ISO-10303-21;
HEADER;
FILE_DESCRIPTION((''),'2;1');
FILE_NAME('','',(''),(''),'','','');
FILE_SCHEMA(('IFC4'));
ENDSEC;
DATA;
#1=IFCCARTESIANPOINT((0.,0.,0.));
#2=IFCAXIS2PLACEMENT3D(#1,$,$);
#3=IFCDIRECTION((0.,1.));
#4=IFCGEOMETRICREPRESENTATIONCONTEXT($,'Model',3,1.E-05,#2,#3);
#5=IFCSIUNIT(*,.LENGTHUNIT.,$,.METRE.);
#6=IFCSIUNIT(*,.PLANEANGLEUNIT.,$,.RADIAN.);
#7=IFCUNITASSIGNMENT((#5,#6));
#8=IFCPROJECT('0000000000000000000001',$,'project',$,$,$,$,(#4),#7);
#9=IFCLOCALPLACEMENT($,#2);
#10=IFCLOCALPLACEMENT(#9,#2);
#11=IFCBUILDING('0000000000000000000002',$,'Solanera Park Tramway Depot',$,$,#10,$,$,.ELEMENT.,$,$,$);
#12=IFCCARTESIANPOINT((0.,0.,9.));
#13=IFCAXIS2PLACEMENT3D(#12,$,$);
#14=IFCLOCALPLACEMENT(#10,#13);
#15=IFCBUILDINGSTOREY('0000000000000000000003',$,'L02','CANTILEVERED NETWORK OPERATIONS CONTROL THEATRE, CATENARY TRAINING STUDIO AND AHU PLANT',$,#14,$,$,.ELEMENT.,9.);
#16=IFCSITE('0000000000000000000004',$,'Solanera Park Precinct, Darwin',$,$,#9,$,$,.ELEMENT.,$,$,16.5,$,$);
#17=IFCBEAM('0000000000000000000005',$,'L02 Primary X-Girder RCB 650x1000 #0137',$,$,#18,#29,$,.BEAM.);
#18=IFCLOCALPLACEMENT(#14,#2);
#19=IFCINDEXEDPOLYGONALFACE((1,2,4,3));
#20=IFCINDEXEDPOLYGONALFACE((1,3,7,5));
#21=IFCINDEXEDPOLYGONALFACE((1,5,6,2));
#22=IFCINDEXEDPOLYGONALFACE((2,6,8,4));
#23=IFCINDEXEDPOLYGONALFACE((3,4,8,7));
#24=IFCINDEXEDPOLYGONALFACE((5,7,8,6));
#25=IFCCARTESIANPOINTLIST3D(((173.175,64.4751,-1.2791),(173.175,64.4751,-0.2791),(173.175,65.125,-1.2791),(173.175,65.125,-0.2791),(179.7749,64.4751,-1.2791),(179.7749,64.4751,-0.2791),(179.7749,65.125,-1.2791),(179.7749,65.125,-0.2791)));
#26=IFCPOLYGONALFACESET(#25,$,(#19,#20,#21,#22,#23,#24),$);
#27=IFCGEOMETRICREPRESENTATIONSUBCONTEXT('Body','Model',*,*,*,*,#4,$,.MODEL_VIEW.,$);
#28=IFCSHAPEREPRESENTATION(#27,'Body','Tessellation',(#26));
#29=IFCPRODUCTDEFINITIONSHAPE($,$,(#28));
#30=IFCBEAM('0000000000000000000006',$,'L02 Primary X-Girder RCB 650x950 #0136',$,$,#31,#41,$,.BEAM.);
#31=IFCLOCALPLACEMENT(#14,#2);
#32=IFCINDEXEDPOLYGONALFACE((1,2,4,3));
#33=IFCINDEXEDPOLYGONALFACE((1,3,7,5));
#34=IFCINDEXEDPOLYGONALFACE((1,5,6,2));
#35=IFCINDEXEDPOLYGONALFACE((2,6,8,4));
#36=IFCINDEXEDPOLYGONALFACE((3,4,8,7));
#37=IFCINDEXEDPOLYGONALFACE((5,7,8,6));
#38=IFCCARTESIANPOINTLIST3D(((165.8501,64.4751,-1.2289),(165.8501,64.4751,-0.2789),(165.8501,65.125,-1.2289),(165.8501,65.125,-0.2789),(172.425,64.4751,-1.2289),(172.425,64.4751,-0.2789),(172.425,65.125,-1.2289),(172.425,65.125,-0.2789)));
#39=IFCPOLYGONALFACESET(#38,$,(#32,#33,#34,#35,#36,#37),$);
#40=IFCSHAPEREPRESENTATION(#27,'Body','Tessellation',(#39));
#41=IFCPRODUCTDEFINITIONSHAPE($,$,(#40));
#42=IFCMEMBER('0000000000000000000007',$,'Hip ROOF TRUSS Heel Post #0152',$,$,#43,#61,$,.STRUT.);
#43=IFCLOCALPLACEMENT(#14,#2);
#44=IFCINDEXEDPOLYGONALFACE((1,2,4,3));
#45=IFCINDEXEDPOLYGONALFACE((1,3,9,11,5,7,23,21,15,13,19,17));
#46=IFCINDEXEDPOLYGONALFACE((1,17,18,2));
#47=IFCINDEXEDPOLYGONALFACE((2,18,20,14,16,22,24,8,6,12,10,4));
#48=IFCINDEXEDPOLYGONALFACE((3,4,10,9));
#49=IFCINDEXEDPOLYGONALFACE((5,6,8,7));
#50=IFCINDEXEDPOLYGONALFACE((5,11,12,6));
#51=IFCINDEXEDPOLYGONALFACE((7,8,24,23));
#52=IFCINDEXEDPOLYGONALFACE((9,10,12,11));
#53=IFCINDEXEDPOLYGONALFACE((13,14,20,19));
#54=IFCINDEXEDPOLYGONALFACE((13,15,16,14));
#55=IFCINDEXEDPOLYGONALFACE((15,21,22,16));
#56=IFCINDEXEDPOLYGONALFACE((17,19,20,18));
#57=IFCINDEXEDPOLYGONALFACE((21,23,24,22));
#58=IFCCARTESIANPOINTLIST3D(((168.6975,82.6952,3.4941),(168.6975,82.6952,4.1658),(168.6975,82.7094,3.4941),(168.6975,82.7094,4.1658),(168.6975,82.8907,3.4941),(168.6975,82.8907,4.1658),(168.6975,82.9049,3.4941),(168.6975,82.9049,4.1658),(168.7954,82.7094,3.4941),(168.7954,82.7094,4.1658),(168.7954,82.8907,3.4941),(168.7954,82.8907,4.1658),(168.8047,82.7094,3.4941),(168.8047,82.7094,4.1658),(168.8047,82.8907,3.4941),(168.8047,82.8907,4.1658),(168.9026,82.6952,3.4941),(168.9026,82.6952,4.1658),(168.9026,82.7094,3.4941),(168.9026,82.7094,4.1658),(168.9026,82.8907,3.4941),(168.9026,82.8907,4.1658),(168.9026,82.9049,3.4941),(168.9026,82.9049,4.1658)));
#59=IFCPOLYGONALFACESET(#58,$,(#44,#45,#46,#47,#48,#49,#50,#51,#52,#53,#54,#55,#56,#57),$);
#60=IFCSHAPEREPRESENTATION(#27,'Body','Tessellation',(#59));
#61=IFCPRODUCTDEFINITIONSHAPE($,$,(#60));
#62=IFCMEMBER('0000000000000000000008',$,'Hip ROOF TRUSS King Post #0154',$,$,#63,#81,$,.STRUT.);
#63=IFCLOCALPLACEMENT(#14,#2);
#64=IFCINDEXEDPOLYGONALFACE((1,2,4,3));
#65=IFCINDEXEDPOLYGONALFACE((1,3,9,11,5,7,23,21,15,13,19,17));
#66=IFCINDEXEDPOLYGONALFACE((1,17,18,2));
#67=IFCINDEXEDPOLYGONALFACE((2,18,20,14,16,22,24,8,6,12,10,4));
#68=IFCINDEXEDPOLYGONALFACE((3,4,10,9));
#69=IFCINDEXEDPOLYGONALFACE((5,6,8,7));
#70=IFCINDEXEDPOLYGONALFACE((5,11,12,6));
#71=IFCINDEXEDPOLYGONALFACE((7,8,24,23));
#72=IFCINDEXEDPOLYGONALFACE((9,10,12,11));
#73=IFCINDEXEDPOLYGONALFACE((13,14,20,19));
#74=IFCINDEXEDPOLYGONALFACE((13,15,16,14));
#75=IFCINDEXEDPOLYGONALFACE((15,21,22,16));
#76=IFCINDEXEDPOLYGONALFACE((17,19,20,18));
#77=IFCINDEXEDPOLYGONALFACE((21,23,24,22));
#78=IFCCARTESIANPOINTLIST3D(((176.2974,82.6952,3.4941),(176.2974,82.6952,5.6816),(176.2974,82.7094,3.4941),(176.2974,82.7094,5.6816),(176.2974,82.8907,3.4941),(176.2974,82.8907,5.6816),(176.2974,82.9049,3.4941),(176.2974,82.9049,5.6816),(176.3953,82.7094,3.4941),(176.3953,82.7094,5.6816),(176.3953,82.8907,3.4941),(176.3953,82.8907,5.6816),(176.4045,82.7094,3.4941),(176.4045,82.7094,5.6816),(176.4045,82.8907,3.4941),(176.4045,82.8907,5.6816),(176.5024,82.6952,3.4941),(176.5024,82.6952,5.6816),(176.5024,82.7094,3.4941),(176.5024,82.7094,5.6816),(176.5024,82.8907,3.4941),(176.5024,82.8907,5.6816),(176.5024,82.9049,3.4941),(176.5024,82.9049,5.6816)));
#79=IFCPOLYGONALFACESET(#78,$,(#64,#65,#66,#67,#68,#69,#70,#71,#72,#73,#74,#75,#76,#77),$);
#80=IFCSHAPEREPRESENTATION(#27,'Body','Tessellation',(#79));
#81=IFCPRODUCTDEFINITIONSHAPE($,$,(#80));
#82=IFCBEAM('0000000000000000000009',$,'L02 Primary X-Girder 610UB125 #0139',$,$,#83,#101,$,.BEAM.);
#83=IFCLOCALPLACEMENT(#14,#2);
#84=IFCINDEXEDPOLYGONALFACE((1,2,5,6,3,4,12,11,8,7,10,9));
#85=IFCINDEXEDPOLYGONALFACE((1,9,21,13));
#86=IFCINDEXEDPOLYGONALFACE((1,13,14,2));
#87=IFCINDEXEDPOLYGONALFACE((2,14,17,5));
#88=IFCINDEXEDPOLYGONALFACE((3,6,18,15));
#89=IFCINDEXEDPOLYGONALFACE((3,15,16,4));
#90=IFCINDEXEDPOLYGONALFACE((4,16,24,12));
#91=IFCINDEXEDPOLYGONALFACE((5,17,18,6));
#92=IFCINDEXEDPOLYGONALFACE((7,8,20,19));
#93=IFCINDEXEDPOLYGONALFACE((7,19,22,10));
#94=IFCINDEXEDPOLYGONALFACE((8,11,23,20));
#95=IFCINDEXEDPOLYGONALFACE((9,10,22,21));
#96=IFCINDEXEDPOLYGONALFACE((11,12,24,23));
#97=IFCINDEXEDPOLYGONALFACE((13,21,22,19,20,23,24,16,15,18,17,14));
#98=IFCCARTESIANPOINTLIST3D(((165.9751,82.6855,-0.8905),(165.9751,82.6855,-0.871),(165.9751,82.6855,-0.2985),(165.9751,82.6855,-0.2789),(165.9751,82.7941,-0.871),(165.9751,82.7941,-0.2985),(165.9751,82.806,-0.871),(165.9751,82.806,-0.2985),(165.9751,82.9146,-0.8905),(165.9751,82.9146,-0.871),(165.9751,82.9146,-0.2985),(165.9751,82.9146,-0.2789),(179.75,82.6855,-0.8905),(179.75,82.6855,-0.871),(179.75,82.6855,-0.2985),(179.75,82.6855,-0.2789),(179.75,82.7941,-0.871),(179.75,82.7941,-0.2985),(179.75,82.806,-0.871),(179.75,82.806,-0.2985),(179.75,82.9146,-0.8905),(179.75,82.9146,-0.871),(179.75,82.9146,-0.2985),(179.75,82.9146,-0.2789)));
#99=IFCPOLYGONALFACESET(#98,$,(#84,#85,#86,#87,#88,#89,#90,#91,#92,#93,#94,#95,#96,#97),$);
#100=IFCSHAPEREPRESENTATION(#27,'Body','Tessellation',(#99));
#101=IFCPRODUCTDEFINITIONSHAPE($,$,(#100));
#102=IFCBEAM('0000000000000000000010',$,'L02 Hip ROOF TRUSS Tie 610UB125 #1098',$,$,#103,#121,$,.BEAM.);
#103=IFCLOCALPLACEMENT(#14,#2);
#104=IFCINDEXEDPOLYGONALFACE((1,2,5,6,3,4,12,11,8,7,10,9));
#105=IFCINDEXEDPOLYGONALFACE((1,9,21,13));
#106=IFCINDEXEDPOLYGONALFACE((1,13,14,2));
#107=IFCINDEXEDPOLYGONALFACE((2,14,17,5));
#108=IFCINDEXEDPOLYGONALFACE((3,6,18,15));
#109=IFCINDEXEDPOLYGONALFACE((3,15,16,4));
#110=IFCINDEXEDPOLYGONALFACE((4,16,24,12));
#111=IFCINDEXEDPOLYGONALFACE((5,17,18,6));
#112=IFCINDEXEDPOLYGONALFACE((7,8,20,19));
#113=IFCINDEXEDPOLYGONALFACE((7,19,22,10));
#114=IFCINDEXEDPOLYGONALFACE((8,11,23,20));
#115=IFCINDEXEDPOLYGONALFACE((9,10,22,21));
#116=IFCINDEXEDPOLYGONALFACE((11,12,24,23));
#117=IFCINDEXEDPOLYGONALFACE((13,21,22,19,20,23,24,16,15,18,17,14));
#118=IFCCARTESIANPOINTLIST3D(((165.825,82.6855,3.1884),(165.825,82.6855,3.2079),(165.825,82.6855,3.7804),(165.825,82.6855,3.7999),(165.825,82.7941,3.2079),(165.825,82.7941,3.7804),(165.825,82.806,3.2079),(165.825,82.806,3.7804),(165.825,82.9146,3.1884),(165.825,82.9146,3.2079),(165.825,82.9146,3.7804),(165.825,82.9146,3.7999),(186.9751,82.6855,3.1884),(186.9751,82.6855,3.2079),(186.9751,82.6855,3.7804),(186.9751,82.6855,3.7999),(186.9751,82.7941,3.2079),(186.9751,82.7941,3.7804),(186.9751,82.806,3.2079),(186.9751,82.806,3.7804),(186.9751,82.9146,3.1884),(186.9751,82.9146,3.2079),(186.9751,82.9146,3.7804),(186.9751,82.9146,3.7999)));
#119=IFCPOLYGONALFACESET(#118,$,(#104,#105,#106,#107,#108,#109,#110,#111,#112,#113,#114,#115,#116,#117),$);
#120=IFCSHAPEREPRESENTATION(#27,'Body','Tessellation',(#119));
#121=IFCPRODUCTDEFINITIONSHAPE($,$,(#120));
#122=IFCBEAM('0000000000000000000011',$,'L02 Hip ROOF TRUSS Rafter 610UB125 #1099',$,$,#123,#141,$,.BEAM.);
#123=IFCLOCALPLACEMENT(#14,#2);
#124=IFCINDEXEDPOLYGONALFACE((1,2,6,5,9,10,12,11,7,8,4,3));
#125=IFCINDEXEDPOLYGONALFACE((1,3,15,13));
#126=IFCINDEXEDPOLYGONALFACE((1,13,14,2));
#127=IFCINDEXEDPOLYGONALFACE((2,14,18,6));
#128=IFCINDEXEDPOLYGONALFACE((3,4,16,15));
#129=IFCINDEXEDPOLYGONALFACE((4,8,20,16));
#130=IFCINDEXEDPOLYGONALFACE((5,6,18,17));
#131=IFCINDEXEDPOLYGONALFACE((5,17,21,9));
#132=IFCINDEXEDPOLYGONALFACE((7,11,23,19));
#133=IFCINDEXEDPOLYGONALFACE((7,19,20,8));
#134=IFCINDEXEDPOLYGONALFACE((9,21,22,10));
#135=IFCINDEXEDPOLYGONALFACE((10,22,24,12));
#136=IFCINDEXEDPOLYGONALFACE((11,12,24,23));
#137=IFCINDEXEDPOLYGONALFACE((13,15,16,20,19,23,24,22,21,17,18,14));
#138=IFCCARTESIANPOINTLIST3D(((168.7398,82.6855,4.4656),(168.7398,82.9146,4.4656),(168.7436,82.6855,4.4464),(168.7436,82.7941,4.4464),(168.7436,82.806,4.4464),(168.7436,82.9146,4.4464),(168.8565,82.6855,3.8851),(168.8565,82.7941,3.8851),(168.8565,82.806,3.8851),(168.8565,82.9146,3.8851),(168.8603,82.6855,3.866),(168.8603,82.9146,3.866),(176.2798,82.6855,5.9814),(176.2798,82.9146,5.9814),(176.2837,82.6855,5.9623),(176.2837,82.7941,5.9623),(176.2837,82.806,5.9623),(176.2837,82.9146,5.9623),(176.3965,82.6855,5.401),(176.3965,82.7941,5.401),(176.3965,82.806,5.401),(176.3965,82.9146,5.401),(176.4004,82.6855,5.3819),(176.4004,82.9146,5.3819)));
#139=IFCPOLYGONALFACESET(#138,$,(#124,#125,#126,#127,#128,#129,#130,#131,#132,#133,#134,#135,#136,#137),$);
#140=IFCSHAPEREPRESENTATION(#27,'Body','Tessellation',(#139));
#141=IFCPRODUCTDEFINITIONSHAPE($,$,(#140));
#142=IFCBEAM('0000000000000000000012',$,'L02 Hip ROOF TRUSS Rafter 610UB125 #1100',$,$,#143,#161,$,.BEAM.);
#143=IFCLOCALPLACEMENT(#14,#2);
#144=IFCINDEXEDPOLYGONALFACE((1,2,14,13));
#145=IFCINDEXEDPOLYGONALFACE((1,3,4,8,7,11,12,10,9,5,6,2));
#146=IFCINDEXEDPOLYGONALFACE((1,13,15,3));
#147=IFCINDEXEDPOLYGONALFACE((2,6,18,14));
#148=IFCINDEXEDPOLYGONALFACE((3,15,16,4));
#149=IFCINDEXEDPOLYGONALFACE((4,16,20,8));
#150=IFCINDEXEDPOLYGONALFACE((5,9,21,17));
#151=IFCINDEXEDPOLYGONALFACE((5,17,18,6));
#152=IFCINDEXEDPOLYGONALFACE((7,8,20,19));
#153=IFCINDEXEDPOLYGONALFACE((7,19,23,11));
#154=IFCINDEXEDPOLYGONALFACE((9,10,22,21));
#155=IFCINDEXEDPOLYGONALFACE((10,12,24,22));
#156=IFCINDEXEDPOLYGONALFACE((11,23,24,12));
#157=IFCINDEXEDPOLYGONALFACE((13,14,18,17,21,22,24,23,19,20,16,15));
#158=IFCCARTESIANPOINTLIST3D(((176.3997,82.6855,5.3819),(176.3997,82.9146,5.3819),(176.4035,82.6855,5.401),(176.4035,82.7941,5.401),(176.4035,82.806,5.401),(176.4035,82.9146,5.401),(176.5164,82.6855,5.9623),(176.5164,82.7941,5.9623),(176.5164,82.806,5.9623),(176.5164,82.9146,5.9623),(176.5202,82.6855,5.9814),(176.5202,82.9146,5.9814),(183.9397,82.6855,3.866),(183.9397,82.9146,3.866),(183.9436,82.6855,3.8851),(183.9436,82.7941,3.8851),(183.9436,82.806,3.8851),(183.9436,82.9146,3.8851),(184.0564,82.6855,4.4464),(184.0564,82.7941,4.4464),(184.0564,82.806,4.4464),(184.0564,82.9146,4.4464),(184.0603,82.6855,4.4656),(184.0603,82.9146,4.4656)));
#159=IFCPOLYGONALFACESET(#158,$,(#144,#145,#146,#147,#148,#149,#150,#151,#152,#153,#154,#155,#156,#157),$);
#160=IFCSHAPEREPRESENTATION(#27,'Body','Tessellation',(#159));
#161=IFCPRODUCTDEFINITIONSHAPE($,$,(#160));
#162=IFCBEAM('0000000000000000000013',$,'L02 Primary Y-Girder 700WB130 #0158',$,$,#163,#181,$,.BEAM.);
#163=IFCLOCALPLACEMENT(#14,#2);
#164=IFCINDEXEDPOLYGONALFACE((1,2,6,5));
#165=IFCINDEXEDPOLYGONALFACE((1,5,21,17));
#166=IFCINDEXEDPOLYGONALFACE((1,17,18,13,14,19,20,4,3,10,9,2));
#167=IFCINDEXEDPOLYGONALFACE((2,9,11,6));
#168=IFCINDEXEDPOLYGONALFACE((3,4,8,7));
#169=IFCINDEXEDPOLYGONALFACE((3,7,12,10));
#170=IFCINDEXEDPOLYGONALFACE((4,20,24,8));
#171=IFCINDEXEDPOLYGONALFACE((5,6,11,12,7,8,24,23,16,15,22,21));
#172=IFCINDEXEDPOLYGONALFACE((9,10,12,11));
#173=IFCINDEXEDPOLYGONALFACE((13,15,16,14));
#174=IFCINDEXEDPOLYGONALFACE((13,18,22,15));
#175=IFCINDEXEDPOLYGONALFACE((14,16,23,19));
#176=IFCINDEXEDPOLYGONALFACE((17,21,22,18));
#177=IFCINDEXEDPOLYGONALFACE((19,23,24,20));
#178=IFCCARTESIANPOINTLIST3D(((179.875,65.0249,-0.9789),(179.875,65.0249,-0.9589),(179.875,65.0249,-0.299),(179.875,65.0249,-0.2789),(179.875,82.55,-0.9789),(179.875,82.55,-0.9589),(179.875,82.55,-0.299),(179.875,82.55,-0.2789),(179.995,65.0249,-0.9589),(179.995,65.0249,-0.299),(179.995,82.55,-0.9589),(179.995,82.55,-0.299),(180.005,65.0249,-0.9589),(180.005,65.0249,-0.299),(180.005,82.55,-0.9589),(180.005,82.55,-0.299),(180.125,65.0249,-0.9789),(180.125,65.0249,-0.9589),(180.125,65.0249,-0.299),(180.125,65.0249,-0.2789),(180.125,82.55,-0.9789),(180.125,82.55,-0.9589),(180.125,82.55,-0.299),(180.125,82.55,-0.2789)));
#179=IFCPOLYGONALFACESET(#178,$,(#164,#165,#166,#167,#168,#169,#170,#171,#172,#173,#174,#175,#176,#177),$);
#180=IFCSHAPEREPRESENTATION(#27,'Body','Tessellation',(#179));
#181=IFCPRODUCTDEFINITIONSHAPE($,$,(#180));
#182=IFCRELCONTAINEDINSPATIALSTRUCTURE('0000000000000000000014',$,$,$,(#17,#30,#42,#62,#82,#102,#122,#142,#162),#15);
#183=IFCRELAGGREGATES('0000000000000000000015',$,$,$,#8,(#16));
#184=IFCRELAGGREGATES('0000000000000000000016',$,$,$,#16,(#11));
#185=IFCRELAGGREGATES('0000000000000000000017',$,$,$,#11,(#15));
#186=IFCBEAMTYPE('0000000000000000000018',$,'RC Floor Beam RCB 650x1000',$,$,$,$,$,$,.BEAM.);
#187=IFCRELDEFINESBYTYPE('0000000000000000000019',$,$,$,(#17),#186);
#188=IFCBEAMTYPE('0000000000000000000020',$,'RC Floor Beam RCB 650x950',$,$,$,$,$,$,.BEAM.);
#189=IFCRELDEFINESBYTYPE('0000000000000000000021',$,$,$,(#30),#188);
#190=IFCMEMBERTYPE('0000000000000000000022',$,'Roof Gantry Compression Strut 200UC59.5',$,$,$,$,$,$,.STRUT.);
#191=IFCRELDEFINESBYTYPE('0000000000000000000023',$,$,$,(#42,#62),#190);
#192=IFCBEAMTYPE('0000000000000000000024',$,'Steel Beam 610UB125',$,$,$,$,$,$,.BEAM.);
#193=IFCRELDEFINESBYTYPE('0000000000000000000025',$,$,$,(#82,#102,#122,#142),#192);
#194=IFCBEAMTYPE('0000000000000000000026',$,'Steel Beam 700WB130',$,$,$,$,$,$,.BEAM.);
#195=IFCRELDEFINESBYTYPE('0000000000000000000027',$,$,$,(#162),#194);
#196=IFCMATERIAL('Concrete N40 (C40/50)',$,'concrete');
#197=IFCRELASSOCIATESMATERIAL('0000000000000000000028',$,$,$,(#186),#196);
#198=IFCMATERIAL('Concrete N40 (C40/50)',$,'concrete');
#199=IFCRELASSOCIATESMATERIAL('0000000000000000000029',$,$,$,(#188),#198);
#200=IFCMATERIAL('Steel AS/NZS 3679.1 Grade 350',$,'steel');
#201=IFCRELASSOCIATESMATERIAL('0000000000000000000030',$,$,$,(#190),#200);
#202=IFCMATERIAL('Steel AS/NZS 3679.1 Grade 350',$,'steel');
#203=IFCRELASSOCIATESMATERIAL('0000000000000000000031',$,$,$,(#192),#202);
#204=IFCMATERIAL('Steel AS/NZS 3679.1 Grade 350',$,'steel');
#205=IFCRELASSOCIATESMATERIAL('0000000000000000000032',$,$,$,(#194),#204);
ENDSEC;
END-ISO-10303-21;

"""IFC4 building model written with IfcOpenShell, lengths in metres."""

from ifc_helpers import new_model, si_unit, direction, frame, origin, origin_2d, place, context, subcontext, project, spatial, rectangle, i_section, extrude, material, material_profile, profile_set, type_object, element, save


model = new_model("IFC4")

# Units and contexts
model_context = context("Model", 3, precision=1e-05, world=origin(), true_north=direction((0.0, 1.0)))
body_context = subcontext(model_context, "Body", "Model", "MODEL_VIEW")
ifc_project = project(units=[si_unit("LENGTHUNIT", "METRE"), si_unit("PLANEANGLEUNIT", "RADIAN")], contexts=[model_context])

# Site, building, storey
site_placement = place(None, origin())
site = spatial("IfcSite", under=ifc_project, at=site_placement, Name="Solanera Park Precinct, Darwin", CompositionType="ELEMENT", RefElevation=16.5)
building_placement = place(site_placement, origin())
building = spatial("IfcBuilding", under=site, at=building_placement, Name="Solanera Park Tramway Depot", CompositionType="ELEMENT")
storey_placement = place(building_placement, frame((0.0, 0.0, 9.0)))
storey = spatial("IfcBuildingStorey", under=building, at=storey_placement, Name="L02", Description="CANTILEVERED NETWORK OPERATIONS CONTROL THEATRE, CATENARY TRAINING STUDIO AND AHU PLANT", CompositionType="ELEMENT", Elevation=9.0)

# Beams
ifc_material_1 = material(Name="Concrete N40 (C40/50)", Category="concrete")
ifc_material_profile_1 = material_profile(ifc_material_1, rectangle(XDim=0.6499, YDim=1.0, at=origin_2d()), Name="RCB 650x1000")
ifc_profile_set_1 = profile_set([ifc_material_profile_1], Name="Concrete N40 (C40/50)")
beam_type_1 = type_object("IfcBeamType", Name="RC Floor Beam RCB 650x1000", PredefinedType="BEAM", material=ifc_profile_set_1)
beam_1_placement = place(storey_placement, frame((173.175, 64.8, -0.7791), z_axis=(1.0, 0.0, 0.0), x_axis=(0.0, 1.0, 0.0)))
element("IfcBeam", 1, at=beam_1_placement, inside=storey, type_object=beam_type_1, Name="L02 Primary X-Girder RCB 650x1000 #0137", PredefinedType="BEAM", context=body_context, shape_type="SweptSolid", body=[
    extrude(rectangle(XDim=0.6499, YDim=1.0, at=origin_2d()), origin(), (0.0, 0.0, 1.0), 6.5999),
])
ifc_material_2 = material(Name="Concrete N40 (C40/50)", Category="concrete")
ifc_material_profile_2 = material_profile(ifc_material_2, rectangle(XDim=0.6499, YDim=0.95, at=origin_2d()), Name="RCB 650x950")
ifc_profile_set_2 = profile_set([ifc_material_profile_2], Name="Concrete N40 (C40/50)")
beam_type_2 = type_object("IfcBeamType", Name="RC Floor Beam RCB 650x950", PredefinedType="BEAM", material=ifc_profile_set_2)
beam_2_placement = place(storey_placement, frame((165.8501, 64.8, -0.7539), z_axis=(1.0, 0.0, 0.0), x_axis=(0.0, 1.0, 0.0)))
element("IfcBeam", 2, at=beam_2_placement, inside=storey, type_object=beam_type_2, Name="L02 Primary X-Girder RCB 650x950 #0136", PredefinedType="BEAM", context=body_context, shape_type="SweptSolid", body=[
    extrude(rectangle(XDim=0.6499, YDim=0.95, at=origin_2d()), origin(), (0.0, 0.0, 1.0), 6.575),
])

# Members
ifc_material_3 = material(Name="Steel AS/NZS 3679.1 Grade 350", Category="steel")
ifc_material_profile_3 = material_profile(ifc_material_3, i_section(OverallWidth=0.2051, OverallDepth=0.2097, WebThickness=0.0093, FlangeThickness=0.0142, at=origin_2d()), Name="200UC59.5")
ifc_profile_set_3 = profile_set([ifc_material_profile_3], Name="Steel AS/NZS 3679.1 Grade 350")
member_type_1 = type_object("IfcMemberType", Name="Roof Gantry Compression Strut 200UC59.5", PredefinedType="STRUT", material=ifc_profile_set_3)
member_1_placement = place(storey_placement, frame((168.8, 82.8, 3.4941), z_axis=(0.0, 0.0, 1.0), x_axis=(1.0, 0.0, 0.0)))
element("IfcMember", 3, at=member_1_placement, inside=storey, type_object=member_type_1, Name="Hip ROOF TRUSS Heel Post #0152", PredefinedType="STRUT", context=body_context, shape_type="SweptSolid", body=[
    extrude(i_section(OverallWidth=0.2051, OverallDepth=0.2097, WebThickness=0.0093, FlangeThickness=0.0142, at=origin_2d()), origin(), (0.0, 0.0, 1.0), 0.6716),
])
member_2_placement = place(storey_placement, frame((176.3999, 82.8, 3.4941), z_axis=(0.0, 0.0, 1.0), x_axis=(1.0, 0.0, 0.0)))
element("IfcMember", 4, at=member_2_placement, inside=storey, type_object=member_type_1, Name="Hip ROOF TRUSS King Post #0154", PredefinedType="STRUT", context=body_context, shape_type="SweptSolid", body=[
    extrude(i_section(OverallWidth=0.2051, OverallDepth=0.2097, WebThickness=0.0093, FlangeThickness=0.0142, at=origin_2d()), origin(), (0.0, 0.0, 1.0), 2.1875),
])

# Beams
ifc_material_4 = material(Name="Steel AS/NZS 3679.1 Grade 350", Category="steel")
ifc_material_profile_4 = material_profile(ifc_material_4, i_section(OverallWidth=0.229, OverallDepth=0.6116, WebThickness=0.012, FlangeThickness=0.0195, at=origin_2d()), Name="610UB125")
ifc_profile_set_4 = profile_set([ifc_material_profile_4], Name="Steel AS/NZS 3679.1 Grade 350")
beam_type_3 = type_object("IfcBeamType", Name="Steel Beam 610UB125", PredefinedType="BEAM", material=ifc_profile_set_4)
beam_3_placement = place(storey_placement, frame((165.9751, 82.8, -0.5847), z_axis=(1.0, 0.0, 0.0), x_axis=(0.0, 1.0, 0.0)))
element("IfcBeam", 5, at=beam_3_placement, inside=storey, type_object=beam_type_3, Name="L02 Primary X-Girder 610UB125 #0139", PredefinedType="BEAM", context=body_context, shape_type="SweptSolid", body=[
    extrude(i_section(OverallWidth=0.229, OverallDepth=0.6116, WebThickness=0.012, FlangeThickness=0.0195, at=origin_2d()), origin(), (0.0, 0.0, 1.0), 13.7749),
])
beam_4_placement = place(storey_placement, frame((165.825, 82.8, 3.4941), z_axis=(1.0, 0.0, 0.0), x_axis=(0.0, 1.0, 0.0)))
element("IfcBeam", 6, at=beam_4_placement, inside=storey, type_object=beam_type_3, Name="L02 Hip ROOF TRUSS Tie 610UB125 #1098", PredefinedType="BEAM", context=body_context, shape_type="SweptSolid", body=[
    extrude(i_section(OverallWidth=0.229, OverallDepth=0.6116, WebThickness=0.012, FlangeThickness=0.0195, at=origin_2d()), origin(), (0.0, 0.0, 1.0), 21.1501),
])
for number, where, z_axis, x_axis, name in (
    (7, (168.8, 82.8, 4.1658), (0.980384, 0.0, 0.197099), (0.0, 1.0, 0.0), "L02 Hip ROOF TRUSS Rafter 610UB125 #1099"),
    (8, (176.46, 82.8, 5.6816), (0.980384, 0.0, -0.197099), (0.0, 1.0, 0.0), "L02 Hip ROOF TRUSS Rafter 610UB125 #1100"),
):
    element("IfcBeam", number, at=place(storey_placement, frame(where, z_axis=z_axis, x_axis=x_axis)), inside=storey, type_object=beam_type_3, Name=name, PredefinedType="BEAM", context=body_context, shape_type="SweptSolid", body=[
        extrude(i_section(OverallWidth=0.229, OverallDepth=0.6116, WebThickness=0.012, FlangeThickness=0.0195, at=origin_2d()), origin(), (0.0, 0.0, 1.0), 7.6909),
    ])
ifc_material_5 = material(Name="Steel AS/NZS 3679.1 Grade 350", Category="steel")
ifc_material_profile_5 = material_profile(ifc_material_5, i_section(OverallWidth=0.25, OverallDepth=0.7, WebThickness=0.01, FlangeThickness=0.02, at=origin_2d()), Name="700WB130")
ifc_profile_set_5 = profile_set([ifc_material_profile_5], Name="Steel AS/NZS 3679.1 Grade 350")
beam_type_4 = type_object("IfcBeamType", Name="Steel Beam 700WB130", PredefinedType="BEAM", material=ifc_profile_set_5)
beam_5_placement = place(storey_placement, frame((180.0, 65.0249, -0.6289), z_axis=(0.0, 1.0, 0.0), x_axis=(-1.0, 0.0, 0.0)))
element("IfcBeam", 9, at=beam_5_placement, inside=storey, type_object=beam_type_4, Name="L02 Primary Y-Girder 700WB130 #0158", PredefinedType="BEAM", context=body_context, shape_type="SweptSolid", body=[
    extrude(i_section(OverallWidth=0.25, OverallDepth=0.7, WebThickness=0.01, FlangeThickness=0.02, at=origin_2d()), origin(), (0.0, 0.0, 1.0), 17.5251),
])

save(model, "model.ifc")
